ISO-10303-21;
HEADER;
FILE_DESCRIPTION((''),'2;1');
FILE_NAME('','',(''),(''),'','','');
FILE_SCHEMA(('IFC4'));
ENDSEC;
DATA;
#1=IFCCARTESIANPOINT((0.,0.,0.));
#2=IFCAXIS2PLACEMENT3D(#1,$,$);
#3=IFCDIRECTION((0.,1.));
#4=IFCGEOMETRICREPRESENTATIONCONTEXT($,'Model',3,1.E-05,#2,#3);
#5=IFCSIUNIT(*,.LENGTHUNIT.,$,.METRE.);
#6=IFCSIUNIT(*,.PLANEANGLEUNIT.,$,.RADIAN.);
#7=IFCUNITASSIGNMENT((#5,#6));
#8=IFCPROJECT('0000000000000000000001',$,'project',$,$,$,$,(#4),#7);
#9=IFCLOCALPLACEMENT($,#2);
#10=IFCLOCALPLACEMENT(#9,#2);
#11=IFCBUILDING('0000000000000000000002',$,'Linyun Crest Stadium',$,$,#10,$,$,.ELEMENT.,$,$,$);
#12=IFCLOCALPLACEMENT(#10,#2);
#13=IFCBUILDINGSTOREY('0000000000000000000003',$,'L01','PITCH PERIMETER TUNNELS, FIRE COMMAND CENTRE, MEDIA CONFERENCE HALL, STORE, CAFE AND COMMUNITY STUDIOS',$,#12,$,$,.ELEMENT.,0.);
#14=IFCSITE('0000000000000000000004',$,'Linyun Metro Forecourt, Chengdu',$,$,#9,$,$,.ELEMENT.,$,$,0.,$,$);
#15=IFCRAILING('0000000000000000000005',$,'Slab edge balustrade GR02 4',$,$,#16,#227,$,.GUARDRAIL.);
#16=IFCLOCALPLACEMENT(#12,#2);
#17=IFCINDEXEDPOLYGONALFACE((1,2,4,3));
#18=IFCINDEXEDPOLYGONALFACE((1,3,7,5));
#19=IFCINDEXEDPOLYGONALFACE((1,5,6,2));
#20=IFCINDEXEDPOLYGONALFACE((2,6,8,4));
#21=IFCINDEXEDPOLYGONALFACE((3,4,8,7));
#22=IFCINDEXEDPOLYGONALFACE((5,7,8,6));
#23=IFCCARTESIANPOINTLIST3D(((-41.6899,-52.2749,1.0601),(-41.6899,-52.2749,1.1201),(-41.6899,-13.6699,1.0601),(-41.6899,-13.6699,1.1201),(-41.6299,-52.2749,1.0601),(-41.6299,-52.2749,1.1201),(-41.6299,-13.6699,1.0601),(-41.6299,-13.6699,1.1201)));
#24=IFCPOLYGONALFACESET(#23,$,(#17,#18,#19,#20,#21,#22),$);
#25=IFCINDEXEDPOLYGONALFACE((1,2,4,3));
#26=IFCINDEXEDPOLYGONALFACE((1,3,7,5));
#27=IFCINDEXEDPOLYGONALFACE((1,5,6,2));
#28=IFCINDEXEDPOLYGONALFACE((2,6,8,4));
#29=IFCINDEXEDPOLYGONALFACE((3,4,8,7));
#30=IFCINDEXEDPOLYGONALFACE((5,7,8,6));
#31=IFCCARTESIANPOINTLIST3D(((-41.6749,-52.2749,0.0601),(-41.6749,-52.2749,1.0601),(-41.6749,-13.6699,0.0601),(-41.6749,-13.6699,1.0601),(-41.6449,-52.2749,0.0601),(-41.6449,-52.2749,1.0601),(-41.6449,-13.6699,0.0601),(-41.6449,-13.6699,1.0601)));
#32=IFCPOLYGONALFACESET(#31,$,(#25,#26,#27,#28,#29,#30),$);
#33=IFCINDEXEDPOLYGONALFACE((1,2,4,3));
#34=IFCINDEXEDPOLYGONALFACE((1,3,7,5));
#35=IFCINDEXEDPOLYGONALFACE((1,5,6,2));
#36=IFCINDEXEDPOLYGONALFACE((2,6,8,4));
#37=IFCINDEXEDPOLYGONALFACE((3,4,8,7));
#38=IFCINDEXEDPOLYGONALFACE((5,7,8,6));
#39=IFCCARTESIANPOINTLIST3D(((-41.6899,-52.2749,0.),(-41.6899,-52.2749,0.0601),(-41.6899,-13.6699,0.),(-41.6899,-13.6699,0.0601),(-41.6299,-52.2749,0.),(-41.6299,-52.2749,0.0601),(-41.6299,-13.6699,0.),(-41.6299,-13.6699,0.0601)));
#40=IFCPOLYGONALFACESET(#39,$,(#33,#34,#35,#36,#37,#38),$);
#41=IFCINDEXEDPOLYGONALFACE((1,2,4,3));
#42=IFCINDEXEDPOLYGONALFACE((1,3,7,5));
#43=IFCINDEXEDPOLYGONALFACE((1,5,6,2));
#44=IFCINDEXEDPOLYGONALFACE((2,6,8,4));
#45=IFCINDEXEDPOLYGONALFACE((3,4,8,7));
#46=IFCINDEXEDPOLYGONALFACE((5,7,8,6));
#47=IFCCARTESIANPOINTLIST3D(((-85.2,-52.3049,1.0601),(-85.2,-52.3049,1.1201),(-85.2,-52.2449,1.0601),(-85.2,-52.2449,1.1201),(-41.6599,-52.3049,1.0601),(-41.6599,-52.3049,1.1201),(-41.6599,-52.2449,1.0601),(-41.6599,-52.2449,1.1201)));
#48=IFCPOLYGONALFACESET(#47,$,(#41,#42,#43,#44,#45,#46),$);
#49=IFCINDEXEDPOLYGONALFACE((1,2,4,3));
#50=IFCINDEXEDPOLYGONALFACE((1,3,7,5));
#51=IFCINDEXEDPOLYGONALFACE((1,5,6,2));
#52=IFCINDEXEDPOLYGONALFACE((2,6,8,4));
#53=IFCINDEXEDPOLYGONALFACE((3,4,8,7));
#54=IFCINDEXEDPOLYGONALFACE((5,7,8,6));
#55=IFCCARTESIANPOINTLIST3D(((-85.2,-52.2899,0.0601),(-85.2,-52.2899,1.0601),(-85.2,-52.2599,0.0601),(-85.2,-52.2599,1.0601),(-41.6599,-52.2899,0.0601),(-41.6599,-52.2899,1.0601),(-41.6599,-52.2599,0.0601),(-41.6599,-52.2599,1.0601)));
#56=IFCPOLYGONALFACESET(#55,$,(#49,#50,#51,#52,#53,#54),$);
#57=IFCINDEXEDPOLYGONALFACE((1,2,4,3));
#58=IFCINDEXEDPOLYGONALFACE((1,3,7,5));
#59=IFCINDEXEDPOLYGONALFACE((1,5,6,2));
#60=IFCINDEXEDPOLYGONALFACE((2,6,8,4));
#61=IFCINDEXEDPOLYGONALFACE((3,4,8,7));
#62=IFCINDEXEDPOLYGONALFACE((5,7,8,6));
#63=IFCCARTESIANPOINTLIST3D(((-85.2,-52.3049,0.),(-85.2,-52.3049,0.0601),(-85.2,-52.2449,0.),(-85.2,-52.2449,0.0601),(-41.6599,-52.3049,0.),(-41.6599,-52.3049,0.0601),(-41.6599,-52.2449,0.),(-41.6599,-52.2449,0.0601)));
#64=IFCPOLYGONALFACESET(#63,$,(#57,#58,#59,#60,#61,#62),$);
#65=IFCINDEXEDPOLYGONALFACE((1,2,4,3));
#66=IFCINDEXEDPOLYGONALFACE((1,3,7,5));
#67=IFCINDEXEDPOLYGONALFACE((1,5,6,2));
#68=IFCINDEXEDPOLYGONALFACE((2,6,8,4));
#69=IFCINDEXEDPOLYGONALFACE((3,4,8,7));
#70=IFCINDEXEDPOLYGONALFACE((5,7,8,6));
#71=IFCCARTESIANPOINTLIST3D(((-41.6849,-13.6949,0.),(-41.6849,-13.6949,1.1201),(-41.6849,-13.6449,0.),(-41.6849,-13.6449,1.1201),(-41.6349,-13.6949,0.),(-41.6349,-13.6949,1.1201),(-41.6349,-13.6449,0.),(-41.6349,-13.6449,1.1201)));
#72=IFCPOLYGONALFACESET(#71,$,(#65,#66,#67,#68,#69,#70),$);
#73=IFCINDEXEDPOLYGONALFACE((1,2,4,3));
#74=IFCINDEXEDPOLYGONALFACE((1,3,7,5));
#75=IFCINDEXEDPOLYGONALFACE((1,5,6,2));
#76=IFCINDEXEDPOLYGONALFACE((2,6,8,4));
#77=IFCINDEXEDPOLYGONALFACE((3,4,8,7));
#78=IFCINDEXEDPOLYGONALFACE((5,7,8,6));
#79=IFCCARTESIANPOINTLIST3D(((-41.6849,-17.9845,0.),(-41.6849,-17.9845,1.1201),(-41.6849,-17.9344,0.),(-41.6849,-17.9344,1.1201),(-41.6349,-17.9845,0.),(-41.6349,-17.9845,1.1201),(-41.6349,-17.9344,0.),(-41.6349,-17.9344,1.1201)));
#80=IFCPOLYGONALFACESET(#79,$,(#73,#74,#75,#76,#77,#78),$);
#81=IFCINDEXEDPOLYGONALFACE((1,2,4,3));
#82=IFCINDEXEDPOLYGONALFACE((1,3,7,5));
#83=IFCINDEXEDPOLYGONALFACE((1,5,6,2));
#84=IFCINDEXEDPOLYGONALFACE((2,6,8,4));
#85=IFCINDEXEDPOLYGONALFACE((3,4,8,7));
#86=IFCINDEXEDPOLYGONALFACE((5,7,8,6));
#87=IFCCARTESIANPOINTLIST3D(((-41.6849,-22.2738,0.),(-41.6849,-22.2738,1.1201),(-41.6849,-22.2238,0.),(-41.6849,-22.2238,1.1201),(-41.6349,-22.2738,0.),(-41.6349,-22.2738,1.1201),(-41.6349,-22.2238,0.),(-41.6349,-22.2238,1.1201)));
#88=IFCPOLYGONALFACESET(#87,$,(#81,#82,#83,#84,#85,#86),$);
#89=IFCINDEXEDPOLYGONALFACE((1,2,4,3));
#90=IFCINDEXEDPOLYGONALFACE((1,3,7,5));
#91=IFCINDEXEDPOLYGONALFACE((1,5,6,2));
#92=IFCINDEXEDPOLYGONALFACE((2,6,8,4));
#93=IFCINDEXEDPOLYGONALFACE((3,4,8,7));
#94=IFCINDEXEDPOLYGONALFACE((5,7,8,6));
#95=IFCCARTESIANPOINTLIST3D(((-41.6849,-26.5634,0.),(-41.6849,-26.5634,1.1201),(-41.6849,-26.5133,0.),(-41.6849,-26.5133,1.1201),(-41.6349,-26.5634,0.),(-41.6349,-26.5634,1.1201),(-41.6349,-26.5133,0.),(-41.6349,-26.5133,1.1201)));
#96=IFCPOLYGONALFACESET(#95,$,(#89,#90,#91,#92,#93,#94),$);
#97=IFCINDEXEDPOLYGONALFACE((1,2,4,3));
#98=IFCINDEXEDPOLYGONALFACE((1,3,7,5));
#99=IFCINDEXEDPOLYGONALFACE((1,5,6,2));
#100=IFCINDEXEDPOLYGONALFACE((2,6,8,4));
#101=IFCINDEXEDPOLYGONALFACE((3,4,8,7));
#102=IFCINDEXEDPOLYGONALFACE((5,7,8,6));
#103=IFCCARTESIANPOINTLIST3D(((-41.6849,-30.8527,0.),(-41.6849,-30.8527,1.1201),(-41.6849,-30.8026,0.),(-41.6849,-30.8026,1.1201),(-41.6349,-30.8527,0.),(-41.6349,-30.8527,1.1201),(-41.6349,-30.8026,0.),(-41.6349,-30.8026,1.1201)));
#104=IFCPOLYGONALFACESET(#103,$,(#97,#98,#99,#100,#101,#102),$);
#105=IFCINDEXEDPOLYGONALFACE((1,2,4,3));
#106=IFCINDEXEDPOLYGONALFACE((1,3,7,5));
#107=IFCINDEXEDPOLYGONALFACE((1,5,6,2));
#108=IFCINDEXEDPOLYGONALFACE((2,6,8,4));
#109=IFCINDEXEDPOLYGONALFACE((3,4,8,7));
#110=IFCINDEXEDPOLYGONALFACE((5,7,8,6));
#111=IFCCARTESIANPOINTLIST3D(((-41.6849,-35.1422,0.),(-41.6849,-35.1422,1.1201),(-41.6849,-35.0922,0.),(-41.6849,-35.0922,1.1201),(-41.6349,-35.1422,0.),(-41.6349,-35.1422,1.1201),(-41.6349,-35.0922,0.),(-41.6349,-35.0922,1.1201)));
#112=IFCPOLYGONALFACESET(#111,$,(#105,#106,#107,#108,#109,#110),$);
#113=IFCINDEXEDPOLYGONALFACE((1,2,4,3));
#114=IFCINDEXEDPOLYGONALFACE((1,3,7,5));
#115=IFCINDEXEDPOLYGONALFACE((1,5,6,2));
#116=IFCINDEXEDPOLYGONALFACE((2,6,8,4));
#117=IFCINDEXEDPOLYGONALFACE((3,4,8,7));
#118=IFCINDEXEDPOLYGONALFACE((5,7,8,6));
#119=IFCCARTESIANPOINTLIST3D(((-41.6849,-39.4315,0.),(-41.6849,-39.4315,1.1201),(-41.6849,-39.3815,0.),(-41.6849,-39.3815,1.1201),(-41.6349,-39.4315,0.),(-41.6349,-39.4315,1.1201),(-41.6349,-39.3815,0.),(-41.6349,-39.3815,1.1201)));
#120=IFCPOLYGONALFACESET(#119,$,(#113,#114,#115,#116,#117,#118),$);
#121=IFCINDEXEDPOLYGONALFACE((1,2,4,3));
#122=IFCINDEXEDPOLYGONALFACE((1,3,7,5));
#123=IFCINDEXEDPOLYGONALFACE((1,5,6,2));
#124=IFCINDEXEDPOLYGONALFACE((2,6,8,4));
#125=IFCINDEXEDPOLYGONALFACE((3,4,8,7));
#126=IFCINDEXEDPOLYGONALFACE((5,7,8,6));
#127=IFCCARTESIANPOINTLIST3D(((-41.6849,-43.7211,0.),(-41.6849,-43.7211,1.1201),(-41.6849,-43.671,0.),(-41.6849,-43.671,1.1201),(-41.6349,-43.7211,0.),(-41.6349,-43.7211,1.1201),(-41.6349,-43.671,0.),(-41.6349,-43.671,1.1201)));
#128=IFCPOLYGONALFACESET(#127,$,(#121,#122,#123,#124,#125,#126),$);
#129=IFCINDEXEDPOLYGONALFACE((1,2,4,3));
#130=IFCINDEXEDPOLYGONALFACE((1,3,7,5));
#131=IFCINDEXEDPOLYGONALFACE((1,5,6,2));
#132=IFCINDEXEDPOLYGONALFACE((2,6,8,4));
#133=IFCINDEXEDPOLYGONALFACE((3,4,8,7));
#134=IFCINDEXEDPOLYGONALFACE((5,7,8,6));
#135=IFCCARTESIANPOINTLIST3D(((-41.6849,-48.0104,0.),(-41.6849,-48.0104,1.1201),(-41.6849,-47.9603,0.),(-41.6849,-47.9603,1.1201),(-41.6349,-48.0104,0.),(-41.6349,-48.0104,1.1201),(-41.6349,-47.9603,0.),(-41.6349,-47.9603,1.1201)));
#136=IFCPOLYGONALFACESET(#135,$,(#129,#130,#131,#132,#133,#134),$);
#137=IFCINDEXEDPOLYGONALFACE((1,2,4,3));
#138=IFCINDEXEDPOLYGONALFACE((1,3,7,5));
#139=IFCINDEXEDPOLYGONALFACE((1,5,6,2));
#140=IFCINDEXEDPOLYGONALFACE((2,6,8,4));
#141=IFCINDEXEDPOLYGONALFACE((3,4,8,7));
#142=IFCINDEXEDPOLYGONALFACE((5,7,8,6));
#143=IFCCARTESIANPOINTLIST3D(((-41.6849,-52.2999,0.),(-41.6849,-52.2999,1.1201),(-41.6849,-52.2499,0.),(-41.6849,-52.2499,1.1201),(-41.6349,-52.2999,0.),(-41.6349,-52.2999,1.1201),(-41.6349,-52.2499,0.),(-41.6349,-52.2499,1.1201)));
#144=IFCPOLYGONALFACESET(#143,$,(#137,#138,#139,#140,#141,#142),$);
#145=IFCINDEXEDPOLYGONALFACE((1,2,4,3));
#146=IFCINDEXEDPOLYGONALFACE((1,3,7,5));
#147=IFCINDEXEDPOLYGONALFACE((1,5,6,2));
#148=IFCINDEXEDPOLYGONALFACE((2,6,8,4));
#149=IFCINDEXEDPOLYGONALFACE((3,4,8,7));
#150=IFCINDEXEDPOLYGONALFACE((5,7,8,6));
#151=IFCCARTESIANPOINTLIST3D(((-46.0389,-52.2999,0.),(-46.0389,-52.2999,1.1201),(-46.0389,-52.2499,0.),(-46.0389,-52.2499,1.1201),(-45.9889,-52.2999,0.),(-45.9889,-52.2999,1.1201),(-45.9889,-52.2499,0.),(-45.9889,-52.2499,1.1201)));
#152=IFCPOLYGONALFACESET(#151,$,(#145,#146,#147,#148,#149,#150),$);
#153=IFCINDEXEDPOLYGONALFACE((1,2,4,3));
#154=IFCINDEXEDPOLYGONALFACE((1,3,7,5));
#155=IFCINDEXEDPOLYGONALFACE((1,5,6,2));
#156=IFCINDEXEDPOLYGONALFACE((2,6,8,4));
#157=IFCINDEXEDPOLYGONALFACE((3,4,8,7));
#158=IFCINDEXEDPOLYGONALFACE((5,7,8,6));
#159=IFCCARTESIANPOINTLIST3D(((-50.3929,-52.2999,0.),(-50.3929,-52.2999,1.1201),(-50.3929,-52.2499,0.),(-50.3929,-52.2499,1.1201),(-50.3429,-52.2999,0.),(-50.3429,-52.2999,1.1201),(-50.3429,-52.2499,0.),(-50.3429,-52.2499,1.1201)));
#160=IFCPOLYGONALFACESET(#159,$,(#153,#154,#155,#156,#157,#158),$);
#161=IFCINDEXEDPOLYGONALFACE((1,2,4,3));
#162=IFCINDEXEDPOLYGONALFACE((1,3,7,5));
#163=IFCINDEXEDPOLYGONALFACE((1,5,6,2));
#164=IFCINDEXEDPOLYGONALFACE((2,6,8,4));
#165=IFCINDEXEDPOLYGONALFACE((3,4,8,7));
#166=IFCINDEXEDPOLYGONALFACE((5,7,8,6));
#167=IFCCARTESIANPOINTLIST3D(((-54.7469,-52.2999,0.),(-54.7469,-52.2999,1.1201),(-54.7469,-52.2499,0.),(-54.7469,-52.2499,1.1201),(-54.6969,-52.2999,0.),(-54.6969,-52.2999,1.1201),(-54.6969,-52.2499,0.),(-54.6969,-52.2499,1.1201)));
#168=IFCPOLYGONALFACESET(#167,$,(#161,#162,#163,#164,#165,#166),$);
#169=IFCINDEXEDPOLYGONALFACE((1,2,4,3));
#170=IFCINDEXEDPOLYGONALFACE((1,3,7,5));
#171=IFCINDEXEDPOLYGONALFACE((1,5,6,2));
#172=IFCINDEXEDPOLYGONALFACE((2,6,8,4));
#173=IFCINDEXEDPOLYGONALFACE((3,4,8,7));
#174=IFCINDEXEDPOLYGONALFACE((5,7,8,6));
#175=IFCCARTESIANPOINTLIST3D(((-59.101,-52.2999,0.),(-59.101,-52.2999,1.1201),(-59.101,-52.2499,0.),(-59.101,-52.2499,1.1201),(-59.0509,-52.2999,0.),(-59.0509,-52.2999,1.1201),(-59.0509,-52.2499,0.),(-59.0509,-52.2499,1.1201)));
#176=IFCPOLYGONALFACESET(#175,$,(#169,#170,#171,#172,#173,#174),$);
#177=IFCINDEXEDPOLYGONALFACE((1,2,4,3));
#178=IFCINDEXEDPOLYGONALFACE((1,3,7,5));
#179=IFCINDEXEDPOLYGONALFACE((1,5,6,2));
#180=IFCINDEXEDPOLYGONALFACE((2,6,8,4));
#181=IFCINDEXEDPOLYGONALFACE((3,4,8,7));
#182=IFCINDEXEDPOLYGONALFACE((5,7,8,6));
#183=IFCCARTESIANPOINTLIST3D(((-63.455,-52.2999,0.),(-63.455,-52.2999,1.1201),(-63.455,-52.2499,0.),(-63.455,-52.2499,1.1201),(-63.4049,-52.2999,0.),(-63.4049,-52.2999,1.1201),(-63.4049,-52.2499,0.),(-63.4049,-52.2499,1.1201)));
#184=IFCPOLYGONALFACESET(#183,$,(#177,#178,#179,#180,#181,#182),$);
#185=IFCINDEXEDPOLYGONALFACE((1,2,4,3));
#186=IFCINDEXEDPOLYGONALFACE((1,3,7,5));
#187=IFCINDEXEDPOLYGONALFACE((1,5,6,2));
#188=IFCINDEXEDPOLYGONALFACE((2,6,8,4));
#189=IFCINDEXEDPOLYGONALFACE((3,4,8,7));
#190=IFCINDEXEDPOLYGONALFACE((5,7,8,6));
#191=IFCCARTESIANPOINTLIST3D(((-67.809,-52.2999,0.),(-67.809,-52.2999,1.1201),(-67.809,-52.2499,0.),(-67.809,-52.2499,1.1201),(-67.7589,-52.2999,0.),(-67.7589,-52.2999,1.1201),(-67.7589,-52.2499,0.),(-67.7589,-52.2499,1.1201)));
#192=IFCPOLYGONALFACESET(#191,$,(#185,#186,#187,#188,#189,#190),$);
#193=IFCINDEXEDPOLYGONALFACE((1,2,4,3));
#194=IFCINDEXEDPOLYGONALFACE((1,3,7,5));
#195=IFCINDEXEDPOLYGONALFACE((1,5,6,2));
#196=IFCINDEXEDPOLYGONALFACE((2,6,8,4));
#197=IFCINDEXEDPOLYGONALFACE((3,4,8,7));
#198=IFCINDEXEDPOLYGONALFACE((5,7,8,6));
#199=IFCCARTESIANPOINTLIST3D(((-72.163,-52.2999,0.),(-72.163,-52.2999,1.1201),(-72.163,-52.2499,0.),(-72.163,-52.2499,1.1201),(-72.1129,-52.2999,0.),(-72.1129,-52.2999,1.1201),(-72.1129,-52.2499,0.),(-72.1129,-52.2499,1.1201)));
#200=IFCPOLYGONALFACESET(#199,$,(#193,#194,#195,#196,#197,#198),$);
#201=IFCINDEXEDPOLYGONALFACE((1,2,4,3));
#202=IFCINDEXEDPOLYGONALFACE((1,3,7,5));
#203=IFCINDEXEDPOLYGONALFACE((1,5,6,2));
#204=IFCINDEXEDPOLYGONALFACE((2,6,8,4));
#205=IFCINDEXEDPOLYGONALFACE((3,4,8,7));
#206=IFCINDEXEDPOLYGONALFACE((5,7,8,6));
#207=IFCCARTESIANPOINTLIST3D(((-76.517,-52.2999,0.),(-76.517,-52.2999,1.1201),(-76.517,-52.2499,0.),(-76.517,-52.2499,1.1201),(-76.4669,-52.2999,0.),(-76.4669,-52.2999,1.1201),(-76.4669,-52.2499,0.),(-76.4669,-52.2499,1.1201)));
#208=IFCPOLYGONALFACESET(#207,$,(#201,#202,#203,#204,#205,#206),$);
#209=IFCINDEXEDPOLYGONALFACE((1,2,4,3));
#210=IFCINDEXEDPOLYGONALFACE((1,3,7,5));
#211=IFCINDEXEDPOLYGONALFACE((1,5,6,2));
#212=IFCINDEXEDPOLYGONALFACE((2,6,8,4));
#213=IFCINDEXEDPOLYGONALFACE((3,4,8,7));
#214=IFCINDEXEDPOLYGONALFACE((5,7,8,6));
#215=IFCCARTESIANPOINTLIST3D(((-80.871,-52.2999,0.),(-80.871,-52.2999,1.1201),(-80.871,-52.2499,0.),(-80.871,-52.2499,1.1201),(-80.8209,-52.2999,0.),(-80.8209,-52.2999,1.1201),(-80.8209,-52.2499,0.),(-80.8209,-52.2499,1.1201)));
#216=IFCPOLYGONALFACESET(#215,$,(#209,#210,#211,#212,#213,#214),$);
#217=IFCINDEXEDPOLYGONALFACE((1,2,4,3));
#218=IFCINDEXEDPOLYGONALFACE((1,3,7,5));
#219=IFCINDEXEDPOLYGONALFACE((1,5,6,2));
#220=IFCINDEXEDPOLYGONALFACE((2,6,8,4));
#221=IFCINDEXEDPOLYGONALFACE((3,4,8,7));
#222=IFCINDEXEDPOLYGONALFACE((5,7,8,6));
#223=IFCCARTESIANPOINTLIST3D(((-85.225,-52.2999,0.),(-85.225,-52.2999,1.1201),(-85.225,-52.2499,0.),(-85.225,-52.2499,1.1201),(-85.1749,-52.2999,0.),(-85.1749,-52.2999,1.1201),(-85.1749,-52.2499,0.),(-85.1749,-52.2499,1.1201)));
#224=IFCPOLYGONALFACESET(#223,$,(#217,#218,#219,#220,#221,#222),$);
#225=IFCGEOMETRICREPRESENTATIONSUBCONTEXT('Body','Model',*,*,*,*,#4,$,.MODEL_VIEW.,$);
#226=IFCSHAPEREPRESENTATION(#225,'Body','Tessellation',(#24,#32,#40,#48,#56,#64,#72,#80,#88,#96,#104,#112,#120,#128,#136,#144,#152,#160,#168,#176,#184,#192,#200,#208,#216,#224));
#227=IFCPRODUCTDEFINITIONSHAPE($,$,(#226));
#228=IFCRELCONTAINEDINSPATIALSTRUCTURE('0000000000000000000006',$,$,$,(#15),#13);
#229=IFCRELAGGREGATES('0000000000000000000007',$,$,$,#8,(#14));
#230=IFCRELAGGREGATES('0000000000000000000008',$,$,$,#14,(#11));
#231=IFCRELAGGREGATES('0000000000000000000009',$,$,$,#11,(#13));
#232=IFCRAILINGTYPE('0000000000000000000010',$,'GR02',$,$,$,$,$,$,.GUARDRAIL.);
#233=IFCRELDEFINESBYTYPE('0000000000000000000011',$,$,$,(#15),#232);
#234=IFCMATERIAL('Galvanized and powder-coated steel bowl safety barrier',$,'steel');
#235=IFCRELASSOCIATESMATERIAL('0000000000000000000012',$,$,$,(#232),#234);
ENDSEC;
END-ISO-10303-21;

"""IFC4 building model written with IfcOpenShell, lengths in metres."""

from ifc_helpers import new_model, si_unit, direction, frame, origin, origin_2d, place, context, subcontext, project, spatial, rectangle, extrude, material, type_object, element, save


model = new_model("IFC4")

# Units and contexts
model_context = context("Model", 3, precision=1e-05, world=origin(), true_north=direction((0.0, 1.0)))
body_context = subcontext(model_context, "Body", "Model", "MODEL_VIEW")
ifc_project = project(units=[si_unit("LENGTHUNIT", "METRE"), si_unit("PLANEANGLEUNIT", "RADIAN")], contexts=[model_context])

# Site, building, storey
site_placement = place(None, origin())
site = spatial("IfcSite", under=ifc_project, at=site_placement, Name="Linyun Metro Forecourt, Chengdu", CompositionType="ELEMENT", RefElevation=0.0)
building_placement = place(site_placement, origin())
building = spatial("IfcBuilding", under=site, at=building_placement, Name="Linyun Crest Stadium", CompositionType="ELEMENT")
storey_placement = place(building_placement, origin())
storey = spatial("IfcBuildingStorey", under=building, at=storey_placement, Name="L01", Description="PITCH PERIMETER TUNNELS, FIRE COMMAND CENTRE, MEDIA CONFERENCE HALL, STORE, CAFE AND COMMUNITY STUDIOS", CompositionType="ELEMENT", Elevation=0.0)

# Railing
ifc_material_1 = material(Name="Galvanized and powder-coated steel bowl safety barrier", Category="steel")
railing_type = type_object("IfcRailingType", Name="GR02", PredefinedType="GUARDRAIL", material=ifc_material_1)
railing_1_placement = place(storey_placement, frame((-41.6599, -13.6699, 0.0)))
element("IfcRailing", 1, at=railing_1_placement, inside=storey, type_object=railing_type, Name="Slab edge balustrade GR02 4", PredefinedType="GUARDRAIL", context=body_context, shape_type="SweptSolid", body=[
    extrude(rectangle(XDim=0.0601, YDim=0.0601, at=origin_2d()), frame((0.0, 0.0, 1.0901), z_axis=(0.0, -1.0, 0.0), x_axis=(1.0, 0.0, 0.0)), (0.0, 0.0, 1.0), 38.605),
    extrude(rectangle(XDim=0.03, YDim=1.0, at=origin_2d()), frame((0.0, 0.0, 0.5601), z_axis=(0.0, -1.0, 0.0), x_axis=(1.0, 0.0, 0.0)), (0.0, 0.0, 1.0), 38.605),
    extrude(rectangle(XDim=0.0601, YDim=0.0601, at=origin_2d()), frame((0.0, 0.0, 0.03), z_axis=(0.0, -1.0, 0.0), x_axis=(1.0, 0.0, 0.0)), (0.0, 0.0, 1.0), 38.605),
    extrude(rectangle(XDim=0.0601, YDim=0.0601, at=origin_2d()), frame((0.0, -38.605, 1.0901), z_axis=(-1.0, 0.0, 0.0), x_axis=(0.0, -1.0, 0.0)), (0.0, 0.0, 1.0), 43.54),
    extrude(rectangle(XDim=0.03, YDim=1.0, at=origin_2d()), frame((0.0, -38.605, 0.5601), z_axis=(-1.0, 0.0, 0.0), x_axis=(0.0, -1.0, 0.0)), (0.0, 0.0, 1.0), 43.54),
    extrude(rectangle(XDim=0.0601, YDim=0.0601, at=origin_2d()), frame((0.0, -38.605, 0.03), z_axis=(-1.0, 0.0, 0.0), x_axis=(0.0, -1.0, 0.0)), (0.0, 0.0, 1.0), 43.54),
    extrude(rectangle(XDim=0.05, YDim=0.05, at=origin_2d()), origin(), (0.0, 0.0, 1.0), 1.1201),
    extrude(rectangle(XDim=0.05, YDim=0.05, at=origin_2d()), frame((0.0, -4.2896, 0.0)), (0.0, 0.0, 1.0), 1.1201),
    extrude(rectangle(XDim=0.05, YDim=0.05, at=origin_2d()), frame((0.0, -8.5789, 0.0)), (0.0, 0.0, 1.0), 1.1201),
    extrude(rectangle(XDim=0.05, YDim=0.05, at=origin_2d()), frame((0.0, -12.8684, 0.0)), (0.0, 0.0, 1.0), 1.1201),
    extrude(rectangle(XDim=0.05, YDim=0.05, at=origin_2d()), frame((0.0, -17.1577, 0.0)), (0.0, 0.0, 1.0), 1.1201),
    extrude(rectangle(XDim=0.05, YDim=0.05, at=origin_2d()), frame((0.0, -21.4473, 0.0)), (0.0, 0.0, 1.0), 1.1201),
    extrude(rectangle(XDim=0.05, YDim=0.05, at=origin_2d()), frame((0.0, -25.7366, 0.0)), (0.0, 0.0, 1.0), 1.1201),
    extrude(rectangle(XDim=0.05, YDim=0.05, at=origin_2d()), frame((0.0, -30.0261, 0.0)), (0.0, 0.0, 1.0), 1.1201),
    extrude(rectangle(XDim=0.05, YDim=0.05, at=origin_2d()), frame((0.0, -34.3154, 0.0)), (0.0, 0.0, 1.0), 1.1201),
    extrude(rectangle(XDim=0.05, YDim=0.05, at=origin_2d()), frame((0.0, -38.605, 0.0)), (0.0, 0.0, 1.0), 1.1201),
    extrude(rectangle(XDim=0.05, YDim=0.05, at=origin_2d()), frame((-4.354, -38.605, 0.0)), (0.0, 0.0, 1.0), 1.1201),
    extrude(rectangle(XDim=0.05, YDim=0.05, at=origin_2d()), frame((-8.708, -38.605, 0.0)), (0.0, 0.0, 1.0), 1.1201),
    extrude(rectangle(XDim=0.05, YDim=0.05, at=origin_2d()), frame((-13.062, -38.605, 0.0)), (0.0, 0.0, 1.0), 1.1201),
    extrude(rectangle(XDim=0.05, YDim=0.05, at=origin_2d()), frame((-17.416, -38.605, 0.0)), (0.0, 0.0, 1.0), 1.1201),
    extrude(rectangle(XDim=0.05, YDim=0.05, at=origin_2d()), frame((-21.77, -38.605, 0.0)), (0.0, 0.0, 1.0), 1.1201),
    extrude(rectangle(XDim=0.05, YDim=0.05, at=origin_2d()), frame((-26.124, -38.605, 0.0)), (0.0, 0.0, 1.0), 1.1201),
    extrude(rectangle(XDim=0.05, YDim=0.05, at=origin_2d()), frame((-30.478, -38.605, 0.0)), (0.0, 0.0, 1.0), 1.1201),
    extrude(rectangle(XDim=0.05, YDim=0.05, at=origin_2d()), frame((-34.832, -38.605, 0.0)), (0.0, 0.0, 1.0), 1.1201),
    extrude(rectangle(XDim=0.05, YDim=0.05, at=origin_2d()), frame((-39.186, -38.605, 0.0)), (0.0, 0.0, 1.0), 1.1201),
    extrude(rectangle(XDim=0.05, YDim=0.05, at=origin_2d()), frame((-43.54, -38.605, 0.0)), (0.0, 0.0, 1.0), 1.1201),
])

save(model, "model.ifc")
